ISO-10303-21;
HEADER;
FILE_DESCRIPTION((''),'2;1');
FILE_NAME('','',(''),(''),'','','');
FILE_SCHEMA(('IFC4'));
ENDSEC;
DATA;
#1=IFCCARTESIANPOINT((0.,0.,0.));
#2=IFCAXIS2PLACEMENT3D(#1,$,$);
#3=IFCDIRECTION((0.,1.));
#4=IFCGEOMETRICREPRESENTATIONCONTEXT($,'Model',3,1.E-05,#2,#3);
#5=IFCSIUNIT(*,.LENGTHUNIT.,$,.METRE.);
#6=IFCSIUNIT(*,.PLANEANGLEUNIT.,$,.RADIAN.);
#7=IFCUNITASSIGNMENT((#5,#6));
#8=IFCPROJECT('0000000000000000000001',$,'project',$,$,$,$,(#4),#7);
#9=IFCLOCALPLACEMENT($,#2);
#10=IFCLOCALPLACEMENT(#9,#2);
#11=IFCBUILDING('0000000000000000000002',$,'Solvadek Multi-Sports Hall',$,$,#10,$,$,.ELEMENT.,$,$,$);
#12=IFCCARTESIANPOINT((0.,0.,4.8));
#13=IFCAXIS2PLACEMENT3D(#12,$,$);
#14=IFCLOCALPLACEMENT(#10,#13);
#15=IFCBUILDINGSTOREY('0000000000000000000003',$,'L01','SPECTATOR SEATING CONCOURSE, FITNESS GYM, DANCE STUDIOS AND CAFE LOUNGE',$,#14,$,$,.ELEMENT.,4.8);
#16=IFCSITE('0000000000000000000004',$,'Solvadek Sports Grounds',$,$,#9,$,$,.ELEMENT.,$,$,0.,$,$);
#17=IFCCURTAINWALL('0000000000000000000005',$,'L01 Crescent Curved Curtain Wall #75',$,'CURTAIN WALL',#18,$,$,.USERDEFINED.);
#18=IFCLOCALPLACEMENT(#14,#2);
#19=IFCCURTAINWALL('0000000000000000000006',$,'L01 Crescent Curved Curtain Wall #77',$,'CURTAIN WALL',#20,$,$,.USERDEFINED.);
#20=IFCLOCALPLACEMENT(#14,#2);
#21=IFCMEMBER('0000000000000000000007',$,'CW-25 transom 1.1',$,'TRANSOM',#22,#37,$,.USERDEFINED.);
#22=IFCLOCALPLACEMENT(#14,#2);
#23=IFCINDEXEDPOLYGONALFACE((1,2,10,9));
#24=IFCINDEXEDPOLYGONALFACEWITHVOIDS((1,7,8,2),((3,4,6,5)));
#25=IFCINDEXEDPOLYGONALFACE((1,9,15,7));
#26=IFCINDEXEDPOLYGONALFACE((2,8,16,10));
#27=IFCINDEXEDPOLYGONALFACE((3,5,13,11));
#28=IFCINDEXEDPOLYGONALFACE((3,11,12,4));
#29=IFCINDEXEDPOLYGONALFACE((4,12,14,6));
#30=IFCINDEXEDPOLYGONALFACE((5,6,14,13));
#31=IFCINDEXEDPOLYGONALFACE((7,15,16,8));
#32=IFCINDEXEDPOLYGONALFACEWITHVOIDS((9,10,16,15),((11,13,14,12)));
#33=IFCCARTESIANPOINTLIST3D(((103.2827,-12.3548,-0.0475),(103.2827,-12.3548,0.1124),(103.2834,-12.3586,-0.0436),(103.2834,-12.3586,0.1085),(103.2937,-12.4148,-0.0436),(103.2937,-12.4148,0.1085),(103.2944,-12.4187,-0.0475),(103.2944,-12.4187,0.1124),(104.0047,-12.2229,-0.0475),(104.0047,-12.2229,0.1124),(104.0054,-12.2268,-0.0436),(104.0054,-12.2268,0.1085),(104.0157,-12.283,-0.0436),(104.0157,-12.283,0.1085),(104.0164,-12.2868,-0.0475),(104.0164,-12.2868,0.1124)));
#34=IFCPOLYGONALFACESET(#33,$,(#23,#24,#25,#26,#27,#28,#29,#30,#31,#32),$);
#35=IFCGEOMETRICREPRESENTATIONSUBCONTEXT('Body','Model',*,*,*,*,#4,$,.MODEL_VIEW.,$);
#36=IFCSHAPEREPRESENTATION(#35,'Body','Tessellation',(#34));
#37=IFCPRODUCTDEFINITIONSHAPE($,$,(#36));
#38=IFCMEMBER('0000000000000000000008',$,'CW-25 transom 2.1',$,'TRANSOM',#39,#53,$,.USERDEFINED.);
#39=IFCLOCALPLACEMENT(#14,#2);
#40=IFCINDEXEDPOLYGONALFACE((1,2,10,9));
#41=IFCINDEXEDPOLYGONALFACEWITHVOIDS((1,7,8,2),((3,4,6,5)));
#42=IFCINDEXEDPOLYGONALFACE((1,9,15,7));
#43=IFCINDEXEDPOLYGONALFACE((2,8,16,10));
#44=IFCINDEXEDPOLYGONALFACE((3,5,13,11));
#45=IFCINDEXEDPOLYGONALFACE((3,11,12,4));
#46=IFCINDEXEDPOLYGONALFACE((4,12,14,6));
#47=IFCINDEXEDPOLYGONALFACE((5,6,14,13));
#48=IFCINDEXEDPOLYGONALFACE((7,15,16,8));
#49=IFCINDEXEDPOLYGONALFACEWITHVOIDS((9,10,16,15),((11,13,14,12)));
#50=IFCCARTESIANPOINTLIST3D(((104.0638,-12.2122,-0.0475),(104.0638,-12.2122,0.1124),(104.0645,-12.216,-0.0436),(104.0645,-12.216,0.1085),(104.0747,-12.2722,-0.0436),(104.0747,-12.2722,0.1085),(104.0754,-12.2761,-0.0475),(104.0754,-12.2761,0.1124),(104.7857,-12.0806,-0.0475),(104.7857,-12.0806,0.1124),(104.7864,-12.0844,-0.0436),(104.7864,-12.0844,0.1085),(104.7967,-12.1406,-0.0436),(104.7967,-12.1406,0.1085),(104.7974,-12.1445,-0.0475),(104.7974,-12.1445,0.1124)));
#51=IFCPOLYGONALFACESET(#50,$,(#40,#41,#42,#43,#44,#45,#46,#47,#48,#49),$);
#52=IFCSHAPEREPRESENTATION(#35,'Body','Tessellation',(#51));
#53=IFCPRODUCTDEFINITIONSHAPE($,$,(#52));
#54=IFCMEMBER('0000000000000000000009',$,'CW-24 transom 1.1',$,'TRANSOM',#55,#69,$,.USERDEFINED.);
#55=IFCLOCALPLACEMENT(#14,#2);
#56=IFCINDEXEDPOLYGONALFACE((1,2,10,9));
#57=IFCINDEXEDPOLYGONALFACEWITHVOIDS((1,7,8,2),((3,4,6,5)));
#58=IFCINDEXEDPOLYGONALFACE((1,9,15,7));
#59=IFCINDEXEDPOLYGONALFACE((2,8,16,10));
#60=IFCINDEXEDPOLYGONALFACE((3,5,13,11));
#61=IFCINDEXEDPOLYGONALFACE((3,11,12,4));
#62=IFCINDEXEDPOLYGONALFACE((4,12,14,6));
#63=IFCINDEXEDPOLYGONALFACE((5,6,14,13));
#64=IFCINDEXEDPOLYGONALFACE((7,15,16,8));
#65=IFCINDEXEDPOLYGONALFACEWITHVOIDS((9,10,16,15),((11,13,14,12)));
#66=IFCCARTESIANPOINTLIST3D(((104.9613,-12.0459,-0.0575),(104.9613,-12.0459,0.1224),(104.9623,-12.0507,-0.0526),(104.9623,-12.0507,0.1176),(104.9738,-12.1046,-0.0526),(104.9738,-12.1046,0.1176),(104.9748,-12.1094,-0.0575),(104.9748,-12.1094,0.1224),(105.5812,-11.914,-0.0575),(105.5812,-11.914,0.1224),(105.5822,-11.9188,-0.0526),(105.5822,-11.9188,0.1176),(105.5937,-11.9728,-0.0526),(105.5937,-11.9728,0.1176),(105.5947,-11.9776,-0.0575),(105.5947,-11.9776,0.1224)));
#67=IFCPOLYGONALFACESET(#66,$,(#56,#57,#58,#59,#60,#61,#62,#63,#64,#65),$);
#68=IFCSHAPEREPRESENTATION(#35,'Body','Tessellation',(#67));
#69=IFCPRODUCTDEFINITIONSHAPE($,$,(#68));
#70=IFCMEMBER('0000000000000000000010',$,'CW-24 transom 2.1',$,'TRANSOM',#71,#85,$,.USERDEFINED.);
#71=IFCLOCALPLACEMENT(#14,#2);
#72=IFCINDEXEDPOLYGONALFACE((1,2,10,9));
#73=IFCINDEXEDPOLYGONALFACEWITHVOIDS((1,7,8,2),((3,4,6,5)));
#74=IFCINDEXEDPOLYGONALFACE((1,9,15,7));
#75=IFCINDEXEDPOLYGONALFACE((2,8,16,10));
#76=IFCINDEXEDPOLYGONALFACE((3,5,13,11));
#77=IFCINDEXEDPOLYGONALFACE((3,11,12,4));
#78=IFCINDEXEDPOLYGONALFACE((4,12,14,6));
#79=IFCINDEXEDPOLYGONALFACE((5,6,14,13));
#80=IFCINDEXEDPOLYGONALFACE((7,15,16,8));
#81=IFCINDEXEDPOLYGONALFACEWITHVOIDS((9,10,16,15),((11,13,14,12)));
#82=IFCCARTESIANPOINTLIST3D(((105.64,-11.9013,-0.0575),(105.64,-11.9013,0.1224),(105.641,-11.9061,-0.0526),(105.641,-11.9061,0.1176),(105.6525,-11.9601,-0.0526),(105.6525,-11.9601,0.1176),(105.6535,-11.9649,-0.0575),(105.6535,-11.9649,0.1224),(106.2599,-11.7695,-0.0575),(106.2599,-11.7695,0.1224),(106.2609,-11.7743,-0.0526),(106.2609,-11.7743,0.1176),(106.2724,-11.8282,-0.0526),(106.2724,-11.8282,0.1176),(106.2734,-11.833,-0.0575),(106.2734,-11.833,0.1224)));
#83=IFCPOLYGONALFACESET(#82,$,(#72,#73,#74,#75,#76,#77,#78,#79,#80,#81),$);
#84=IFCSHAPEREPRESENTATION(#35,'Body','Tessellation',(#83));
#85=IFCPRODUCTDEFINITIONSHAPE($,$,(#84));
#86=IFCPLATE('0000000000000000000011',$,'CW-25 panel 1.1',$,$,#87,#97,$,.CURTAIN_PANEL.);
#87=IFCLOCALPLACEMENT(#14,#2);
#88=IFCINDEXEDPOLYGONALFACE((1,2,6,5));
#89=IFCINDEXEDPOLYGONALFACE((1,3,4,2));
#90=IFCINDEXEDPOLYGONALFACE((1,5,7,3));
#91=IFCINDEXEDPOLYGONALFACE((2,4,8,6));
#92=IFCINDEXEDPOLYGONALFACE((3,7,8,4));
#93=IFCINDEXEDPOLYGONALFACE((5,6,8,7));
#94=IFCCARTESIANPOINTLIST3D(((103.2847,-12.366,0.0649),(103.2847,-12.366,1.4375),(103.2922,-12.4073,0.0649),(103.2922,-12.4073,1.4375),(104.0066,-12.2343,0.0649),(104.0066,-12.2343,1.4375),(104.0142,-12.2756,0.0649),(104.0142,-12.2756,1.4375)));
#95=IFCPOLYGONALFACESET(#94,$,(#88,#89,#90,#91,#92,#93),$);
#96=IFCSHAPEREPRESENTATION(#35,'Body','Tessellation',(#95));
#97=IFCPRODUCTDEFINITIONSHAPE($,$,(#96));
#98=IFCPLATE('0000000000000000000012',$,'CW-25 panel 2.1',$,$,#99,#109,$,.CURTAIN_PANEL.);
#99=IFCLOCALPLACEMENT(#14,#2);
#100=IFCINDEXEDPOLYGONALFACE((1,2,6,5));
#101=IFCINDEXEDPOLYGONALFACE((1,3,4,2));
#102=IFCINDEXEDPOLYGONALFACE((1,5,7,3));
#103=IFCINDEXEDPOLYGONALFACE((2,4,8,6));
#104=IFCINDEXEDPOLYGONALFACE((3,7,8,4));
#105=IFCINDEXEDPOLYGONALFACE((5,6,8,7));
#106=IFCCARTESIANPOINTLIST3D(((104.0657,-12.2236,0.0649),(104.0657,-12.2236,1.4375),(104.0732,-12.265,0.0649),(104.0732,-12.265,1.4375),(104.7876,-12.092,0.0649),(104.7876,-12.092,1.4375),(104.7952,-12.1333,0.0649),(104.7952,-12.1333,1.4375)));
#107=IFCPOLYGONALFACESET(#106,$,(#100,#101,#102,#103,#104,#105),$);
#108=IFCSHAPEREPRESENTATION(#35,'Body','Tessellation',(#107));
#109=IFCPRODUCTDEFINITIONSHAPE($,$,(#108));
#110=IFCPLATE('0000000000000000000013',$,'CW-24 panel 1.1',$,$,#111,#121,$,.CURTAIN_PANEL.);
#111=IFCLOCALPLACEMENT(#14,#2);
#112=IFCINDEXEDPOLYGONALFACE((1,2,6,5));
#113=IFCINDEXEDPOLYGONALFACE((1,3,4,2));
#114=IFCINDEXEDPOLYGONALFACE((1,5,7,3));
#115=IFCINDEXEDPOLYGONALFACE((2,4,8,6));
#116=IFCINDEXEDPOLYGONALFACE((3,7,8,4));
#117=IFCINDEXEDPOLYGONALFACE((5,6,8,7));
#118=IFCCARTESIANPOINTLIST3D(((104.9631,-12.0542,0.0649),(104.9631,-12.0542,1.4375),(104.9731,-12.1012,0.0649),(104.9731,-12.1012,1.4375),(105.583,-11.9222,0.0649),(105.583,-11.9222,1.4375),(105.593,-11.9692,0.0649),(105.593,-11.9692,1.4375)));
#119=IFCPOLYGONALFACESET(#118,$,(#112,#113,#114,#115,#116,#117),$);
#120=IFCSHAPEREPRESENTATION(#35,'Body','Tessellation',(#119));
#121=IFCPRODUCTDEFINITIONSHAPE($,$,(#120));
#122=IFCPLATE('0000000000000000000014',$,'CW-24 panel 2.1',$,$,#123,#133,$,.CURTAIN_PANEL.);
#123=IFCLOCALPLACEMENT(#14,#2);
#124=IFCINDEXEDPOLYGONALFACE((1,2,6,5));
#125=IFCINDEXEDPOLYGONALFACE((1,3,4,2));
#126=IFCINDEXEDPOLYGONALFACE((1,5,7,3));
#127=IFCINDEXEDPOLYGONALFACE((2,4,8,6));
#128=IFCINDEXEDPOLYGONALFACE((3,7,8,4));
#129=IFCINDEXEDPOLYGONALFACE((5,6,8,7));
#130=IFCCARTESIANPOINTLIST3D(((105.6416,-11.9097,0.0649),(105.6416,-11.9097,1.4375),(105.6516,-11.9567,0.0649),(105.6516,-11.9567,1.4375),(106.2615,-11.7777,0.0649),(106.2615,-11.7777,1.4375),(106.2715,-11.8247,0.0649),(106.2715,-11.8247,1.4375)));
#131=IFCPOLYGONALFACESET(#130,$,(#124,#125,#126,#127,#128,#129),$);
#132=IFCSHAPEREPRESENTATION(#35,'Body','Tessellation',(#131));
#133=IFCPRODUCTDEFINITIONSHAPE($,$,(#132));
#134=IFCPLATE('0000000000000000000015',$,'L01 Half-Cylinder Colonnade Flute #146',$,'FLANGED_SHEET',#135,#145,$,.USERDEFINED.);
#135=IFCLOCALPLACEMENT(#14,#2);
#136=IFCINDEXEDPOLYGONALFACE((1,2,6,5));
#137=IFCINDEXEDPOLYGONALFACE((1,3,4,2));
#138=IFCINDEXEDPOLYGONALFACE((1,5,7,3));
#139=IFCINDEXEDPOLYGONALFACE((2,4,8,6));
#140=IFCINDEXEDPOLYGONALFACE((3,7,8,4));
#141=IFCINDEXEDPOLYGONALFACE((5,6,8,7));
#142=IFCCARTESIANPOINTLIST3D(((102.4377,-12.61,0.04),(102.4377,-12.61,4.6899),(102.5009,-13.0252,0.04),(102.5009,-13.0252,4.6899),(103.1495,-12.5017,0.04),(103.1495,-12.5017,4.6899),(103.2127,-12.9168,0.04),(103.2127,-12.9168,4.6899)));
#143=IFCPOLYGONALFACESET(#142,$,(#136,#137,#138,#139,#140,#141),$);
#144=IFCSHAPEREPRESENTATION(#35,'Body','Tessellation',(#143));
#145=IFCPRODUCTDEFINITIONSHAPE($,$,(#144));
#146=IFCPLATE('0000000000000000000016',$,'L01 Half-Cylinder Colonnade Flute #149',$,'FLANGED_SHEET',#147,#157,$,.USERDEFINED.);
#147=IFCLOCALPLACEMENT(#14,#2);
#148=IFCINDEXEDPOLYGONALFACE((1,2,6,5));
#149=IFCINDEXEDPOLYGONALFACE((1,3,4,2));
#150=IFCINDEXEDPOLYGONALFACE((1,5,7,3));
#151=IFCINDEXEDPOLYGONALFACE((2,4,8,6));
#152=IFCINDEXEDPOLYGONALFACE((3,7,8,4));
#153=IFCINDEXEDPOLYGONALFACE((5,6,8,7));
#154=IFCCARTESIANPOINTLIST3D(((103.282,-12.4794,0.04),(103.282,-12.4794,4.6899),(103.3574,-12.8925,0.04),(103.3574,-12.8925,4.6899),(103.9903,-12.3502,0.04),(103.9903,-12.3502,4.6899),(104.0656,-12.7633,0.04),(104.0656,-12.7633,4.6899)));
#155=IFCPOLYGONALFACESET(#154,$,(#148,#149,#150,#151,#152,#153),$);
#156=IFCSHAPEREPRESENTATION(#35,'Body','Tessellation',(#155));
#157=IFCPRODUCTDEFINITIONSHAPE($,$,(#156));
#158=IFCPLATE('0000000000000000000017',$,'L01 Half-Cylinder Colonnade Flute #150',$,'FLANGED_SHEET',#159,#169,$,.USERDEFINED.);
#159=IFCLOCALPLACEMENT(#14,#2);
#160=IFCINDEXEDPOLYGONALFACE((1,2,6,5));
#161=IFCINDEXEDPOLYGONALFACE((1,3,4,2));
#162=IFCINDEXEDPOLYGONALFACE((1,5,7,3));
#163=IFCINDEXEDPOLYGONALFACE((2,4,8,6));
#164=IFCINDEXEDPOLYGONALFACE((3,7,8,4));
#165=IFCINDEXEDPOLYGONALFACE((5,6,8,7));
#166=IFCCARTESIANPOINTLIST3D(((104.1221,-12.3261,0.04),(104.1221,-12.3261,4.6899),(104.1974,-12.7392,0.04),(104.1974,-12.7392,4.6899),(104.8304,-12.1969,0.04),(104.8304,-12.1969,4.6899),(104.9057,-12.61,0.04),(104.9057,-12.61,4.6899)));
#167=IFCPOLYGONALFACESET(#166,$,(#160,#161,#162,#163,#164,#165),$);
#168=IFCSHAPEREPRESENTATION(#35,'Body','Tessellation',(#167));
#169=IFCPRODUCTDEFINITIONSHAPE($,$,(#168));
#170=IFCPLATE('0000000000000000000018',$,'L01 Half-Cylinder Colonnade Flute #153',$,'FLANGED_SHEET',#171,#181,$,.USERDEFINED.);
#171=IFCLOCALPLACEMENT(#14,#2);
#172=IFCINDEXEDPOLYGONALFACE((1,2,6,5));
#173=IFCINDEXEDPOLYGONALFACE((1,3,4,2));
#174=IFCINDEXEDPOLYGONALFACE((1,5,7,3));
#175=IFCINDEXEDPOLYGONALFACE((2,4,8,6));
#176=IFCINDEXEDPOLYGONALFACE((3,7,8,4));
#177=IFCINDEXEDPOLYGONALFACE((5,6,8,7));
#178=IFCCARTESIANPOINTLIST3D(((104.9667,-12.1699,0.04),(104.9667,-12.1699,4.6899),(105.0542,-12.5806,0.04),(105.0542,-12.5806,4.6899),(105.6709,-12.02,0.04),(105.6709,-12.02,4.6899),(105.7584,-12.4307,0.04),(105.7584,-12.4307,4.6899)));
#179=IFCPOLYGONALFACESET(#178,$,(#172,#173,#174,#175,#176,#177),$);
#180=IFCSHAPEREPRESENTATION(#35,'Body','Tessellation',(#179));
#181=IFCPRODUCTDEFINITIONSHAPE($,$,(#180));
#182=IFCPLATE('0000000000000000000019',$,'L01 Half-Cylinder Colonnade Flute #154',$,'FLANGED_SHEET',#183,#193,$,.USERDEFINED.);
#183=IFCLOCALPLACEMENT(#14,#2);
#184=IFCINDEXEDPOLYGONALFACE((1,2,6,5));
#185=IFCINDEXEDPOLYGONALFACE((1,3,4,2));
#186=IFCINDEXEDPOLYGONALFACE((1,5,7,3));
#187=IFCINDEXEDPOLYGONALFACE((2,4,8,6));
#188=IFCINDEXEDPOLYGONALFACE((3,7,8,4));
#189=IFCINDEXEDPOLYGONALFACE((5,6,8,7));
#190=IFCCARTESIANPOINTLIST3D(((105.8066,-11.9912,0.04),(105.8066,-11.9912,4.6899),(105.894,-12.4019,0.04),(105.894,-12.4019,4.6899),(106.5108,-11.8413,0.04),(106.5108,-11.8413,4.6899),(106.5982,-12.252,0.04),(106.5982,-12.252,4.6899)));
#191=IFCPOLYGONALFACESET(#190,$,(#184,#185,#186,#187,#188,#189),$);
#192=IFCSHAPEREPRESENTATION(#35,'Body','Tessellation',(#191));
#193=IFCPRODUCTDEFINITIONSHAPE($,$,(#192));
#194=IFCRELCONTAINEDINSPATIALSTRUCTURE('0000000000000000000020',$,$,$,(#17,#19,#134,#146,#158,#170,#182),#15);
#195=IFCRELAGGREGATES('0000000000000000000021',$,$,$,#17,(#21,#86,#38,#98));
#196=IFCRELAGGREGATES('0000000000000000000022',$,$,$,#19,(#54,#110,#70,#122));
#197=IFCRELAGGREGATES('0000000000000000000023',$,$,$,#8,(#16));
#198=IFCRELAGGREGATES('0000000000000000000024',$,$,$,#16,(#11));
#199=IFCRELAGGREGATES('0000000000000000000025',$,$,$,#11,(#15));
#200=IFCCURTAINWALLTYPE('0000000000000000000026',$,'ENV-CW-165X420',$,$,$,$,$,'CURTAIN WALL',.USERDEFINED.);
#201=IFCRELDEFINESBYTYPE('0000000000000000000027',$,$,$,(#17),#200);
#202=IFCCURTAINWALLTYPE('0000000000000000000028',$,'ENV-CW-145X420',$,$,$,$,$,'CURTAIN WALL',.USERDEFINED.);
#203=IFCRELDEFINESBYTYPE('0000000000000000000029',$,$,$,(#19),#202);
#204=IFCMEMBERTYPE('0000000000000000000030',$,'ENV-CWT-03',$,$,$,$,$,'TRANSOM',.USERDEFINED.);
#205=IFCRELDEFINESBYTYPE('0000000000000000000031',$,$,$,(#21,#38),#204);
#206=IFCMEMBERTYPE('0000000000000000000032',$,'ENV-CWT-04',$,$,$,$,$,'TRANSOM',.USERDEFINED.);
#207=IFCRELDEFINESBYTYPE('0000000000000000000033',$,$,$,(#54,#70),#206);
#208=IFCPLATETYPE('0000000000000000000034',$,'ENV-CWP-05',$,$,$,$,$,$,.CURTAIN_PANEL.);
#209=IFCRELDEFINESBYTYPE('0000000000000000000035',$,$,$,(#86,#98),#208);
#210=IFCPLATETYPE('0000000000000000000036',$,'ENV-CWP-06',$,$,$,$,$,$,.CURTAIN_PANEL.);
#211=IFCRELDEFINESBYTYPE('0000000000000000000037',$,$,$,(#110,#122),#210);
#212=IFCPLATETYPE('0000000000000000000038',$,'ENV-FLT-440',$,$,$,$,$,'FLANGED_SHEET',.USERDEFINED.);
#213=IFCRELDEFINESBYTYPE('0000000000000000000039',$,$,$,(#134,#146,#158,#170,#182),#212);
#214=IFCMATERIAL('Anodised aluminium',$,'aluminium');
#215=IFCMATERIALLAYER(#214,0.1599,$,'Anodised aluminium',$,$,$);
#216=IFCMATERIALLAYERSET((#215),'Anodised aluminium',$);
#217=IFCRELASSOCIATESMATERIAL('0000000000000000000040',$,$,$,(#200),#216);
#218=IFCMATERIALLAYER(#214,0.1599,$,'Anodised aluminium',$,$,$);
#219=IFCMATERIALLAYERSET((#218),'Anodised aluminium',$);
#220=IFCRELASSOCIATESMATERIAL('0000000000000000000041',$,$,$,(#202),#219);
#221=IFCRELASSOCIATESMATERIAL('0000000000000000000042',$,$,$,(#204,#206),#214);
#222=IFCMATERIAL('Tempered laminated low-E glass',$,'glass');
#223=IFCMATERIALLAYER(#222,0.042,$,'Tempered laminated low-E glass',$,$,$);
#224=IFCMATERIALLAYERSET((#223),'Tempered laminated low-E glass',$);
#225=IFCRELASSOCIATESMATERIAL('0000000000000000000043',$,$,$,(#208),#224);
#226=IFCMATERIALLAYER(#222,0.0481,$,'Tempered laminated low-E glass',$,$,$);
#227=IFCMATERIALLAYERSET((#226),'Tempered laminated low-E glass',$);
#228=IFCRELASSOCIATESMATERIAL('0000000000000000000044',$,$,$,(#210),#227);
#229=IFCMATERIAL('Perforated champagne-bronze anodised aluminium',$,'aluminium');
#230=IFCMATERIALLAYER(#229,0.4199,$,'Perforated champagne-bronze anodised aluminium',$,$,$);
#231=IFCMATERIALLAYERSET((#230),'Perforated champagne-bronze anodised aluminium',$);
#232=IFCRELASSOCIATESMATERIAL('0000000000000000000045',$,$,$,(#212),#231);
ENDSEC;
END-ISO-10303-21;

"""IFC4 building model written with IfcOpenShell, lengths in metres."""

from ifc_helpers import new_model, si_unit, direction, frame, origin, origin_2d, place, context, subcontext, project, spatial, rectangle, hollow_rectangle, extrude, material, layer, layer_set, material_profile, profile_set, type_object, element, aggregate, save


model = new_model("IFC4")

# Units and contexts
model_context = context("Model", 3, precision=1e-05, world=origin(), true_north=direction((0.0, 1.0)))
body_context = subcontext(model_context, "Body", "Model", "MODEL_VIEW")
ifc_project = project(units=[si_unit("LENGTHUNIT", "METRE"), si_unit("PLANEANGLEUNIT", "RADIAN")], contexts=[model_context])

# Site, building, storey
site_placement = place(None, origin())
site = spatial("IfcSite", under=ifc_project, at=site_placement, Name="Solvadek Sports Grounds", CompositionType="ELEMENT", RefElevation=0.0)
building_placement = place(site_placement, origin())
building = spatial("IfcBuilding", under=site, at=building_placement, Name="Solvadek Multi-Sports Hall", CompositionType="ELEMENT")
storey_placement = place(building_placement, frame((0.0, 0.0, 4.8)))
storey = spatial("IfcBuildingStorey", under=building, at=storey_placement, Name="L01", Description="SPECTATOR SEATING CONCOURSE, FITNESS GYM, DANCE STUDIOS AND CAFE LOUNGE", CompositionType="ELEMENT", Elevation=4.8)

# Curtain walls
ifc_material_1 = material(Name="Anodised aluminium", Category="aluminium")
ifc_layer_1 = layer(ifc_material_1, 0.1599, Name="Anodised aluminium")
ifc_layer_set_1 = layer_set([ifc_layer_1], Name="Anodised aluminium")
curtain_wall_type_1 = type_object("IfcCurtainWallType", Name="ENV-CW-165X420", ElementType="CURTAIN WALL", PredefinedType="USERDEFINED", material=ifc_layer_set_1)
curtain_wall_1_placement = place(storey_placement, origin())
curtain_wall_1 = element("IfcCurtainWall", 1, at=curtain_wall_1_placement, inside=storey, type_object=curtain_wall_type_1, Name="L01 Crescent Curved Curtain Wall #75", ObjectType="CURTAIN WALL", PredefinedType="USERDEFINED")
ifc_layer_2 = layer(ifc_material_1, 0.1599, Name="Anodised aluminium")
ifc_layer_set_2 = layer_set([ifc_layer_2], Name="Anodised aluminium")
curtain_wall_type_2 = type_object("IfcCurtainWallType", Name="ENV-CW-145X420", ElementType="CURTAIN WALL", PredefinedType="USERDEFINED", material=ifc_layer_set_2)
curtain_wall_2_placement = place(storey_placement, origin())
curtain_wall_2 = element("IfcCurtainWall", 2, at=curtain_wall_2_placement, inside=storey, type_object=curtain_wall_type_2, Name="L01 Crescent Curved Curtain Wall #77", ObjectType="CURTAIN WALL", PredefinedType="USERDEFINED")

# Members
ifc_material_profile_1 = material_profile(ifc_material_1, hollow_rectangle(XDim=0.0649, YDim=0.1599, WallThickness=0.0039, at=origin_2d()), Name="ALU-T 160x65x4")
ifc_profile_set_1 = profile_set([ifc_material_profile_1], Name="Anodised aluminium")
member_type_1 = type_object("IfcMemberType", Name="ENV-CWT-03", ElementType="TRANSOM", PredefinedType="USERDEFINED", material=ifc_profile_set_1)
member_1_placement = place(storey_placement, frame((103.2886, -12.3867, 0.0325), z_axis=(0.983731, 0.179647, 0.0), x_axis=(-0.179647, 0.983731, 0.0)))
member_1 = element("IfcMember", 3, at=member_1_placement, type_object=member_type_1, Name="CW-25 transom 1.1", ObjectType="TRANSOM", PredefinedType="USERDEFINED", context=body_context, shape_type="SweptSolid", body=[
    extrude(hollow_rectangle(XDim=0.0649, YDim=0.1599, WallThickness=0.0039, at=origin_2d()), origin(), (0.0, 0.0, 1.0), 0.7339),
])
member_2_placement = place(storey_placement, frame((104.0696, -12.2441, 0.0325), z_axis=(0.98379, 0.179325, 0.0), x_axis=(-0.179325, 0.98379, 0.0)))
member_2 = element("IfcMember", 4, at=member_2_placement, type_object=member_type_1, Name="CW-25 transom 2.1", ObjectType="TRANSOM", PredefinedType="USERDEFINED", context=body_context, shape_type="SweptSolid", body=[
    extrude(hollow_rectangle(XDim=0.0649, YDim=0.1599, WallThickness=0.0039, at=origin_2d()), origin(), (0.0, 0.0, 1.0), 0.7339),
])
ifc_material_profile_2 = material_profile(ifc_material_1, hollow_rectangle(XDim=0.0649, YDim=0.1799, WallThickness=0.0049, at=origin_2d()), Name="ALU-T 180x65x5")
ifc_profile_set_2 = profile_set([ifc_material_profile_2], Name="Anodised aluminium")
member_type_2 = type_object("IfcMemberType", Name="ENV-CWT-04", ElementType="TRANSOM", PredefinedType="USERDEFINED", material=ifc_profile_set_2)
member_3_placement = place(storey_placement, frame((104.968, -12.0776, 0.0325), z_axis=(0.978123, 0.208029, 0.0), x_axis=(-0.208029, 0.978123, 0.0)))
member_3 = element("IfcMember", 5, at=member_3_placement, type_object=member_type_2, Name="CW-24 transom 1.1", ObjectType="TRANSOM", PredefinedType="USERDEFINED", context=body_context, shape_type="SweptSolid", body=[
    extrude(hollow_rectangle(XDim=0.0649, YDim=0.1799, WallThickness=0.0049, at=origin_2d()), origin(), (0.0, 0.0, 1.0), 0.6338),
])
member_4_placement = place(storey_placement, frame((105.6467, -11.9331, 0.0325), z_axis=(0.978123, 0.208029, 0.0), x_axis=(-0.208029, 0.978123, 0.0)))
member_4 = element("IfcMember", 6, at=member_4_placement, type_object=member_type_2, Name="CW-24 transom 2.1", ObjectType="TRANSOM", PredefinedType="USERDEFINED", context=body_context, shape_type="SweptSolid", body=[
    extrude(hollow_rectangle(XDim=0.0649, YDim=0.1799, WallThickness=0.0049, at=origin_2d()), origin(), (0.0, 0.0, 1.0), 0.6338),
])

# Plates
ifc_material_2 = material(Name="Tempered laminated low-E glass", Category="glass")
ifc_layer_3 = layer(ifc_material_2, 0.042, Name="Tempered laminated low-E glass")
ifc_layer_set_3 = layer_set([ifc_layer_3], Name="Tempered laminated low-E glass")
plate_type_1 = type_object("IfcPlateType", Name="ENV-CWP-05", PredefinedType="CURTAIN_PANEL", material=ifc_layer_set_3)
plate_1_placement = place(storey_placement, frame((103.6494, -12.3208, 0.0649), z_axis=(0.0, 0.0, 1.0), x_axis=(0.983777, 0.179398, 0.0)))
plate_1 = element("IfcPlate", 7, at=plate_1_placement, type_object=plate_type_1, Name="CW-25 panel 1.1", PredefinedType="CURTAIN_PANEL", context=body_context, shape_type="SweptSolid", body=[
    extrude(rectangle(XDim=0.7339, YDim=0.042, at=origin_2d()), origin(), (0.0, 0.0, 1.0), 1.3726),
])
plate_2_placement = place(storey_placement, frame((104.4304, -12.1785, 0.0649), z_axis=(0.0, 0.0, 1.0), x_axis=(0.983777, 0.179398, 0.0)))
plate_2 = element("IfcPlate", 8, at=plate_2_placement, type_object=plate_type_1, Name="CW-25 panel 2.1", PredefinedType="CURTAIN_PANEL", context=body_context, shape_type="SweptSolid", body=[
    extrude(rectangle(XDim=0.7339, YDim=0.042, at=origin_2d()), origin(), (0.0, 0.0, 1.0), 1.3726),
])
aggregate(curtain_wall_1, [member_1, plate_1, member_2, plate_2])
ifc_layer_4 = layer(ifc_material_2, 0.0481, Name="Tempered laminated low-E glass")
ifc_layer_set_4 = layer_set([ifc_layer_4], Name="Tempered laminated low-E glass")
plate_type_2 = type_object("IfcPlateType", Name="ENV-CWP-06", PredefinedType="CURTAIN_PANEL", material=ifc_layer_set_4)
plate_3_placement = place(storey_placement, frame((105.2781, -12.0117, 0.0649), z_axis=(0.0, 0.0, 1.0), x_axis=(0.978075, 0.208255, 0.0)))
plate_3 = element("IfcPlate", 9, at=plate_3_placement, type_object=plate_type_2, Name="CW-24 panel 1.1", PredefinedType="CURTAIN_PANEL", context=body_context, shape_type="SweptSolid", body=[
    extrude(rectangle(XDim=0.6338, YDim=0.0481, at=origin_2d()), origin(), (0.0, 0.0, 1.0), 1.3726),
])
plate_4_placement = place(storey_placement, frame((105.9565, -11.8672, 0.0649), z_axis=(0.0, 0.0, 1.0), x_axis=(0.978075, 0.208255, 0.0)))
plate_4 = element("IfcPlate", 10, at=plate_4_placement, type_object=plate_type_2, Name="CW-24 panel 2.1", PredefinedType="CURTAIN_PANEL", context=body_context, shape_type="SweptSolid", body=[
    extrude(rectangle(XDim=0.6338, YDim=0.0481, at=origin_2d()), origin(), (0.0, 0.0, 1.0), 1.3726),
])
aggregate(curtain_wall_2, [member_3, plate_3, member_4, plate_4])

# Plates
ifc_material_3 = material(Name="Perforated champagne-bronze anodised aluminium", Category="aluminium")
ifc_layer_5 = layer(ifc_material_3, 0.4199, Name="Perforated champagne-bronze anodised aluminium")
ifc_layer_set_5 = layer_set([ifc_layer_5], Name="Perforated champagne-bronze anodised aluminium")
plate_type_3 = type_object("IfcPlateType", Name="ENV-FLT-440", ElementType="FLANGED_SHEET", PredefinedType="USERDEFINED", material=ifc_layer_set_5)
for number, where, z_axis, x_axis, name in (
    (11, (102.8252, -12.7634, 0.04), (0.0, 0.0, 1.0), (0.988606, 0.150527, 0.0), "L01 Half-Cylinder Colonnade Flute #146"),
    (12, (103.6738, -12.6213, 0.04), (0.0, 0.0, 1.0), (0.983772, 0.179421, 0.0), "L01 Half-Cylinder Colonnade Flute #149"),
    (13, (104.5139, -12.468, 0.04), (0.0, 0.0, 1.0), (0.983772, 0.179421, 0.0), "L01 Half-Cylinder Colonnade Flute #150"),
    (14, (105.3625, -12.3003, 0.04), (0.0, 0.0, 1.0), (0.978076, 0.208249, 0.0), "L01 Half-Cylinder Colonnade Flute #153"),
    (15, (106.2024, -12.1216, 0.04), (0.0, 0.0, 1.0), (0.978076, 0.208249, 0.0), "L01 Half-Cylinder Colonnade Flute #154"),
):
    element("IfcPlate", number, at=place(storey_placement, frame(where, z_axis=z_axis, x_axis=x_axis)), inside=storey, type_object=plate_type_3, Name=name, ObjectType="FLANGED_SHEET", PredefinedType="USERDEFINED", context=body_context, shape_type="SweptSolid", body=[
        extrude(rectangle(XDim=0.72, YDim=0.4199, at=origin_2d()), origin(), (0.0, 0.0, 1.0), 4.6499),
    ])

save(model, "model.ifc")
